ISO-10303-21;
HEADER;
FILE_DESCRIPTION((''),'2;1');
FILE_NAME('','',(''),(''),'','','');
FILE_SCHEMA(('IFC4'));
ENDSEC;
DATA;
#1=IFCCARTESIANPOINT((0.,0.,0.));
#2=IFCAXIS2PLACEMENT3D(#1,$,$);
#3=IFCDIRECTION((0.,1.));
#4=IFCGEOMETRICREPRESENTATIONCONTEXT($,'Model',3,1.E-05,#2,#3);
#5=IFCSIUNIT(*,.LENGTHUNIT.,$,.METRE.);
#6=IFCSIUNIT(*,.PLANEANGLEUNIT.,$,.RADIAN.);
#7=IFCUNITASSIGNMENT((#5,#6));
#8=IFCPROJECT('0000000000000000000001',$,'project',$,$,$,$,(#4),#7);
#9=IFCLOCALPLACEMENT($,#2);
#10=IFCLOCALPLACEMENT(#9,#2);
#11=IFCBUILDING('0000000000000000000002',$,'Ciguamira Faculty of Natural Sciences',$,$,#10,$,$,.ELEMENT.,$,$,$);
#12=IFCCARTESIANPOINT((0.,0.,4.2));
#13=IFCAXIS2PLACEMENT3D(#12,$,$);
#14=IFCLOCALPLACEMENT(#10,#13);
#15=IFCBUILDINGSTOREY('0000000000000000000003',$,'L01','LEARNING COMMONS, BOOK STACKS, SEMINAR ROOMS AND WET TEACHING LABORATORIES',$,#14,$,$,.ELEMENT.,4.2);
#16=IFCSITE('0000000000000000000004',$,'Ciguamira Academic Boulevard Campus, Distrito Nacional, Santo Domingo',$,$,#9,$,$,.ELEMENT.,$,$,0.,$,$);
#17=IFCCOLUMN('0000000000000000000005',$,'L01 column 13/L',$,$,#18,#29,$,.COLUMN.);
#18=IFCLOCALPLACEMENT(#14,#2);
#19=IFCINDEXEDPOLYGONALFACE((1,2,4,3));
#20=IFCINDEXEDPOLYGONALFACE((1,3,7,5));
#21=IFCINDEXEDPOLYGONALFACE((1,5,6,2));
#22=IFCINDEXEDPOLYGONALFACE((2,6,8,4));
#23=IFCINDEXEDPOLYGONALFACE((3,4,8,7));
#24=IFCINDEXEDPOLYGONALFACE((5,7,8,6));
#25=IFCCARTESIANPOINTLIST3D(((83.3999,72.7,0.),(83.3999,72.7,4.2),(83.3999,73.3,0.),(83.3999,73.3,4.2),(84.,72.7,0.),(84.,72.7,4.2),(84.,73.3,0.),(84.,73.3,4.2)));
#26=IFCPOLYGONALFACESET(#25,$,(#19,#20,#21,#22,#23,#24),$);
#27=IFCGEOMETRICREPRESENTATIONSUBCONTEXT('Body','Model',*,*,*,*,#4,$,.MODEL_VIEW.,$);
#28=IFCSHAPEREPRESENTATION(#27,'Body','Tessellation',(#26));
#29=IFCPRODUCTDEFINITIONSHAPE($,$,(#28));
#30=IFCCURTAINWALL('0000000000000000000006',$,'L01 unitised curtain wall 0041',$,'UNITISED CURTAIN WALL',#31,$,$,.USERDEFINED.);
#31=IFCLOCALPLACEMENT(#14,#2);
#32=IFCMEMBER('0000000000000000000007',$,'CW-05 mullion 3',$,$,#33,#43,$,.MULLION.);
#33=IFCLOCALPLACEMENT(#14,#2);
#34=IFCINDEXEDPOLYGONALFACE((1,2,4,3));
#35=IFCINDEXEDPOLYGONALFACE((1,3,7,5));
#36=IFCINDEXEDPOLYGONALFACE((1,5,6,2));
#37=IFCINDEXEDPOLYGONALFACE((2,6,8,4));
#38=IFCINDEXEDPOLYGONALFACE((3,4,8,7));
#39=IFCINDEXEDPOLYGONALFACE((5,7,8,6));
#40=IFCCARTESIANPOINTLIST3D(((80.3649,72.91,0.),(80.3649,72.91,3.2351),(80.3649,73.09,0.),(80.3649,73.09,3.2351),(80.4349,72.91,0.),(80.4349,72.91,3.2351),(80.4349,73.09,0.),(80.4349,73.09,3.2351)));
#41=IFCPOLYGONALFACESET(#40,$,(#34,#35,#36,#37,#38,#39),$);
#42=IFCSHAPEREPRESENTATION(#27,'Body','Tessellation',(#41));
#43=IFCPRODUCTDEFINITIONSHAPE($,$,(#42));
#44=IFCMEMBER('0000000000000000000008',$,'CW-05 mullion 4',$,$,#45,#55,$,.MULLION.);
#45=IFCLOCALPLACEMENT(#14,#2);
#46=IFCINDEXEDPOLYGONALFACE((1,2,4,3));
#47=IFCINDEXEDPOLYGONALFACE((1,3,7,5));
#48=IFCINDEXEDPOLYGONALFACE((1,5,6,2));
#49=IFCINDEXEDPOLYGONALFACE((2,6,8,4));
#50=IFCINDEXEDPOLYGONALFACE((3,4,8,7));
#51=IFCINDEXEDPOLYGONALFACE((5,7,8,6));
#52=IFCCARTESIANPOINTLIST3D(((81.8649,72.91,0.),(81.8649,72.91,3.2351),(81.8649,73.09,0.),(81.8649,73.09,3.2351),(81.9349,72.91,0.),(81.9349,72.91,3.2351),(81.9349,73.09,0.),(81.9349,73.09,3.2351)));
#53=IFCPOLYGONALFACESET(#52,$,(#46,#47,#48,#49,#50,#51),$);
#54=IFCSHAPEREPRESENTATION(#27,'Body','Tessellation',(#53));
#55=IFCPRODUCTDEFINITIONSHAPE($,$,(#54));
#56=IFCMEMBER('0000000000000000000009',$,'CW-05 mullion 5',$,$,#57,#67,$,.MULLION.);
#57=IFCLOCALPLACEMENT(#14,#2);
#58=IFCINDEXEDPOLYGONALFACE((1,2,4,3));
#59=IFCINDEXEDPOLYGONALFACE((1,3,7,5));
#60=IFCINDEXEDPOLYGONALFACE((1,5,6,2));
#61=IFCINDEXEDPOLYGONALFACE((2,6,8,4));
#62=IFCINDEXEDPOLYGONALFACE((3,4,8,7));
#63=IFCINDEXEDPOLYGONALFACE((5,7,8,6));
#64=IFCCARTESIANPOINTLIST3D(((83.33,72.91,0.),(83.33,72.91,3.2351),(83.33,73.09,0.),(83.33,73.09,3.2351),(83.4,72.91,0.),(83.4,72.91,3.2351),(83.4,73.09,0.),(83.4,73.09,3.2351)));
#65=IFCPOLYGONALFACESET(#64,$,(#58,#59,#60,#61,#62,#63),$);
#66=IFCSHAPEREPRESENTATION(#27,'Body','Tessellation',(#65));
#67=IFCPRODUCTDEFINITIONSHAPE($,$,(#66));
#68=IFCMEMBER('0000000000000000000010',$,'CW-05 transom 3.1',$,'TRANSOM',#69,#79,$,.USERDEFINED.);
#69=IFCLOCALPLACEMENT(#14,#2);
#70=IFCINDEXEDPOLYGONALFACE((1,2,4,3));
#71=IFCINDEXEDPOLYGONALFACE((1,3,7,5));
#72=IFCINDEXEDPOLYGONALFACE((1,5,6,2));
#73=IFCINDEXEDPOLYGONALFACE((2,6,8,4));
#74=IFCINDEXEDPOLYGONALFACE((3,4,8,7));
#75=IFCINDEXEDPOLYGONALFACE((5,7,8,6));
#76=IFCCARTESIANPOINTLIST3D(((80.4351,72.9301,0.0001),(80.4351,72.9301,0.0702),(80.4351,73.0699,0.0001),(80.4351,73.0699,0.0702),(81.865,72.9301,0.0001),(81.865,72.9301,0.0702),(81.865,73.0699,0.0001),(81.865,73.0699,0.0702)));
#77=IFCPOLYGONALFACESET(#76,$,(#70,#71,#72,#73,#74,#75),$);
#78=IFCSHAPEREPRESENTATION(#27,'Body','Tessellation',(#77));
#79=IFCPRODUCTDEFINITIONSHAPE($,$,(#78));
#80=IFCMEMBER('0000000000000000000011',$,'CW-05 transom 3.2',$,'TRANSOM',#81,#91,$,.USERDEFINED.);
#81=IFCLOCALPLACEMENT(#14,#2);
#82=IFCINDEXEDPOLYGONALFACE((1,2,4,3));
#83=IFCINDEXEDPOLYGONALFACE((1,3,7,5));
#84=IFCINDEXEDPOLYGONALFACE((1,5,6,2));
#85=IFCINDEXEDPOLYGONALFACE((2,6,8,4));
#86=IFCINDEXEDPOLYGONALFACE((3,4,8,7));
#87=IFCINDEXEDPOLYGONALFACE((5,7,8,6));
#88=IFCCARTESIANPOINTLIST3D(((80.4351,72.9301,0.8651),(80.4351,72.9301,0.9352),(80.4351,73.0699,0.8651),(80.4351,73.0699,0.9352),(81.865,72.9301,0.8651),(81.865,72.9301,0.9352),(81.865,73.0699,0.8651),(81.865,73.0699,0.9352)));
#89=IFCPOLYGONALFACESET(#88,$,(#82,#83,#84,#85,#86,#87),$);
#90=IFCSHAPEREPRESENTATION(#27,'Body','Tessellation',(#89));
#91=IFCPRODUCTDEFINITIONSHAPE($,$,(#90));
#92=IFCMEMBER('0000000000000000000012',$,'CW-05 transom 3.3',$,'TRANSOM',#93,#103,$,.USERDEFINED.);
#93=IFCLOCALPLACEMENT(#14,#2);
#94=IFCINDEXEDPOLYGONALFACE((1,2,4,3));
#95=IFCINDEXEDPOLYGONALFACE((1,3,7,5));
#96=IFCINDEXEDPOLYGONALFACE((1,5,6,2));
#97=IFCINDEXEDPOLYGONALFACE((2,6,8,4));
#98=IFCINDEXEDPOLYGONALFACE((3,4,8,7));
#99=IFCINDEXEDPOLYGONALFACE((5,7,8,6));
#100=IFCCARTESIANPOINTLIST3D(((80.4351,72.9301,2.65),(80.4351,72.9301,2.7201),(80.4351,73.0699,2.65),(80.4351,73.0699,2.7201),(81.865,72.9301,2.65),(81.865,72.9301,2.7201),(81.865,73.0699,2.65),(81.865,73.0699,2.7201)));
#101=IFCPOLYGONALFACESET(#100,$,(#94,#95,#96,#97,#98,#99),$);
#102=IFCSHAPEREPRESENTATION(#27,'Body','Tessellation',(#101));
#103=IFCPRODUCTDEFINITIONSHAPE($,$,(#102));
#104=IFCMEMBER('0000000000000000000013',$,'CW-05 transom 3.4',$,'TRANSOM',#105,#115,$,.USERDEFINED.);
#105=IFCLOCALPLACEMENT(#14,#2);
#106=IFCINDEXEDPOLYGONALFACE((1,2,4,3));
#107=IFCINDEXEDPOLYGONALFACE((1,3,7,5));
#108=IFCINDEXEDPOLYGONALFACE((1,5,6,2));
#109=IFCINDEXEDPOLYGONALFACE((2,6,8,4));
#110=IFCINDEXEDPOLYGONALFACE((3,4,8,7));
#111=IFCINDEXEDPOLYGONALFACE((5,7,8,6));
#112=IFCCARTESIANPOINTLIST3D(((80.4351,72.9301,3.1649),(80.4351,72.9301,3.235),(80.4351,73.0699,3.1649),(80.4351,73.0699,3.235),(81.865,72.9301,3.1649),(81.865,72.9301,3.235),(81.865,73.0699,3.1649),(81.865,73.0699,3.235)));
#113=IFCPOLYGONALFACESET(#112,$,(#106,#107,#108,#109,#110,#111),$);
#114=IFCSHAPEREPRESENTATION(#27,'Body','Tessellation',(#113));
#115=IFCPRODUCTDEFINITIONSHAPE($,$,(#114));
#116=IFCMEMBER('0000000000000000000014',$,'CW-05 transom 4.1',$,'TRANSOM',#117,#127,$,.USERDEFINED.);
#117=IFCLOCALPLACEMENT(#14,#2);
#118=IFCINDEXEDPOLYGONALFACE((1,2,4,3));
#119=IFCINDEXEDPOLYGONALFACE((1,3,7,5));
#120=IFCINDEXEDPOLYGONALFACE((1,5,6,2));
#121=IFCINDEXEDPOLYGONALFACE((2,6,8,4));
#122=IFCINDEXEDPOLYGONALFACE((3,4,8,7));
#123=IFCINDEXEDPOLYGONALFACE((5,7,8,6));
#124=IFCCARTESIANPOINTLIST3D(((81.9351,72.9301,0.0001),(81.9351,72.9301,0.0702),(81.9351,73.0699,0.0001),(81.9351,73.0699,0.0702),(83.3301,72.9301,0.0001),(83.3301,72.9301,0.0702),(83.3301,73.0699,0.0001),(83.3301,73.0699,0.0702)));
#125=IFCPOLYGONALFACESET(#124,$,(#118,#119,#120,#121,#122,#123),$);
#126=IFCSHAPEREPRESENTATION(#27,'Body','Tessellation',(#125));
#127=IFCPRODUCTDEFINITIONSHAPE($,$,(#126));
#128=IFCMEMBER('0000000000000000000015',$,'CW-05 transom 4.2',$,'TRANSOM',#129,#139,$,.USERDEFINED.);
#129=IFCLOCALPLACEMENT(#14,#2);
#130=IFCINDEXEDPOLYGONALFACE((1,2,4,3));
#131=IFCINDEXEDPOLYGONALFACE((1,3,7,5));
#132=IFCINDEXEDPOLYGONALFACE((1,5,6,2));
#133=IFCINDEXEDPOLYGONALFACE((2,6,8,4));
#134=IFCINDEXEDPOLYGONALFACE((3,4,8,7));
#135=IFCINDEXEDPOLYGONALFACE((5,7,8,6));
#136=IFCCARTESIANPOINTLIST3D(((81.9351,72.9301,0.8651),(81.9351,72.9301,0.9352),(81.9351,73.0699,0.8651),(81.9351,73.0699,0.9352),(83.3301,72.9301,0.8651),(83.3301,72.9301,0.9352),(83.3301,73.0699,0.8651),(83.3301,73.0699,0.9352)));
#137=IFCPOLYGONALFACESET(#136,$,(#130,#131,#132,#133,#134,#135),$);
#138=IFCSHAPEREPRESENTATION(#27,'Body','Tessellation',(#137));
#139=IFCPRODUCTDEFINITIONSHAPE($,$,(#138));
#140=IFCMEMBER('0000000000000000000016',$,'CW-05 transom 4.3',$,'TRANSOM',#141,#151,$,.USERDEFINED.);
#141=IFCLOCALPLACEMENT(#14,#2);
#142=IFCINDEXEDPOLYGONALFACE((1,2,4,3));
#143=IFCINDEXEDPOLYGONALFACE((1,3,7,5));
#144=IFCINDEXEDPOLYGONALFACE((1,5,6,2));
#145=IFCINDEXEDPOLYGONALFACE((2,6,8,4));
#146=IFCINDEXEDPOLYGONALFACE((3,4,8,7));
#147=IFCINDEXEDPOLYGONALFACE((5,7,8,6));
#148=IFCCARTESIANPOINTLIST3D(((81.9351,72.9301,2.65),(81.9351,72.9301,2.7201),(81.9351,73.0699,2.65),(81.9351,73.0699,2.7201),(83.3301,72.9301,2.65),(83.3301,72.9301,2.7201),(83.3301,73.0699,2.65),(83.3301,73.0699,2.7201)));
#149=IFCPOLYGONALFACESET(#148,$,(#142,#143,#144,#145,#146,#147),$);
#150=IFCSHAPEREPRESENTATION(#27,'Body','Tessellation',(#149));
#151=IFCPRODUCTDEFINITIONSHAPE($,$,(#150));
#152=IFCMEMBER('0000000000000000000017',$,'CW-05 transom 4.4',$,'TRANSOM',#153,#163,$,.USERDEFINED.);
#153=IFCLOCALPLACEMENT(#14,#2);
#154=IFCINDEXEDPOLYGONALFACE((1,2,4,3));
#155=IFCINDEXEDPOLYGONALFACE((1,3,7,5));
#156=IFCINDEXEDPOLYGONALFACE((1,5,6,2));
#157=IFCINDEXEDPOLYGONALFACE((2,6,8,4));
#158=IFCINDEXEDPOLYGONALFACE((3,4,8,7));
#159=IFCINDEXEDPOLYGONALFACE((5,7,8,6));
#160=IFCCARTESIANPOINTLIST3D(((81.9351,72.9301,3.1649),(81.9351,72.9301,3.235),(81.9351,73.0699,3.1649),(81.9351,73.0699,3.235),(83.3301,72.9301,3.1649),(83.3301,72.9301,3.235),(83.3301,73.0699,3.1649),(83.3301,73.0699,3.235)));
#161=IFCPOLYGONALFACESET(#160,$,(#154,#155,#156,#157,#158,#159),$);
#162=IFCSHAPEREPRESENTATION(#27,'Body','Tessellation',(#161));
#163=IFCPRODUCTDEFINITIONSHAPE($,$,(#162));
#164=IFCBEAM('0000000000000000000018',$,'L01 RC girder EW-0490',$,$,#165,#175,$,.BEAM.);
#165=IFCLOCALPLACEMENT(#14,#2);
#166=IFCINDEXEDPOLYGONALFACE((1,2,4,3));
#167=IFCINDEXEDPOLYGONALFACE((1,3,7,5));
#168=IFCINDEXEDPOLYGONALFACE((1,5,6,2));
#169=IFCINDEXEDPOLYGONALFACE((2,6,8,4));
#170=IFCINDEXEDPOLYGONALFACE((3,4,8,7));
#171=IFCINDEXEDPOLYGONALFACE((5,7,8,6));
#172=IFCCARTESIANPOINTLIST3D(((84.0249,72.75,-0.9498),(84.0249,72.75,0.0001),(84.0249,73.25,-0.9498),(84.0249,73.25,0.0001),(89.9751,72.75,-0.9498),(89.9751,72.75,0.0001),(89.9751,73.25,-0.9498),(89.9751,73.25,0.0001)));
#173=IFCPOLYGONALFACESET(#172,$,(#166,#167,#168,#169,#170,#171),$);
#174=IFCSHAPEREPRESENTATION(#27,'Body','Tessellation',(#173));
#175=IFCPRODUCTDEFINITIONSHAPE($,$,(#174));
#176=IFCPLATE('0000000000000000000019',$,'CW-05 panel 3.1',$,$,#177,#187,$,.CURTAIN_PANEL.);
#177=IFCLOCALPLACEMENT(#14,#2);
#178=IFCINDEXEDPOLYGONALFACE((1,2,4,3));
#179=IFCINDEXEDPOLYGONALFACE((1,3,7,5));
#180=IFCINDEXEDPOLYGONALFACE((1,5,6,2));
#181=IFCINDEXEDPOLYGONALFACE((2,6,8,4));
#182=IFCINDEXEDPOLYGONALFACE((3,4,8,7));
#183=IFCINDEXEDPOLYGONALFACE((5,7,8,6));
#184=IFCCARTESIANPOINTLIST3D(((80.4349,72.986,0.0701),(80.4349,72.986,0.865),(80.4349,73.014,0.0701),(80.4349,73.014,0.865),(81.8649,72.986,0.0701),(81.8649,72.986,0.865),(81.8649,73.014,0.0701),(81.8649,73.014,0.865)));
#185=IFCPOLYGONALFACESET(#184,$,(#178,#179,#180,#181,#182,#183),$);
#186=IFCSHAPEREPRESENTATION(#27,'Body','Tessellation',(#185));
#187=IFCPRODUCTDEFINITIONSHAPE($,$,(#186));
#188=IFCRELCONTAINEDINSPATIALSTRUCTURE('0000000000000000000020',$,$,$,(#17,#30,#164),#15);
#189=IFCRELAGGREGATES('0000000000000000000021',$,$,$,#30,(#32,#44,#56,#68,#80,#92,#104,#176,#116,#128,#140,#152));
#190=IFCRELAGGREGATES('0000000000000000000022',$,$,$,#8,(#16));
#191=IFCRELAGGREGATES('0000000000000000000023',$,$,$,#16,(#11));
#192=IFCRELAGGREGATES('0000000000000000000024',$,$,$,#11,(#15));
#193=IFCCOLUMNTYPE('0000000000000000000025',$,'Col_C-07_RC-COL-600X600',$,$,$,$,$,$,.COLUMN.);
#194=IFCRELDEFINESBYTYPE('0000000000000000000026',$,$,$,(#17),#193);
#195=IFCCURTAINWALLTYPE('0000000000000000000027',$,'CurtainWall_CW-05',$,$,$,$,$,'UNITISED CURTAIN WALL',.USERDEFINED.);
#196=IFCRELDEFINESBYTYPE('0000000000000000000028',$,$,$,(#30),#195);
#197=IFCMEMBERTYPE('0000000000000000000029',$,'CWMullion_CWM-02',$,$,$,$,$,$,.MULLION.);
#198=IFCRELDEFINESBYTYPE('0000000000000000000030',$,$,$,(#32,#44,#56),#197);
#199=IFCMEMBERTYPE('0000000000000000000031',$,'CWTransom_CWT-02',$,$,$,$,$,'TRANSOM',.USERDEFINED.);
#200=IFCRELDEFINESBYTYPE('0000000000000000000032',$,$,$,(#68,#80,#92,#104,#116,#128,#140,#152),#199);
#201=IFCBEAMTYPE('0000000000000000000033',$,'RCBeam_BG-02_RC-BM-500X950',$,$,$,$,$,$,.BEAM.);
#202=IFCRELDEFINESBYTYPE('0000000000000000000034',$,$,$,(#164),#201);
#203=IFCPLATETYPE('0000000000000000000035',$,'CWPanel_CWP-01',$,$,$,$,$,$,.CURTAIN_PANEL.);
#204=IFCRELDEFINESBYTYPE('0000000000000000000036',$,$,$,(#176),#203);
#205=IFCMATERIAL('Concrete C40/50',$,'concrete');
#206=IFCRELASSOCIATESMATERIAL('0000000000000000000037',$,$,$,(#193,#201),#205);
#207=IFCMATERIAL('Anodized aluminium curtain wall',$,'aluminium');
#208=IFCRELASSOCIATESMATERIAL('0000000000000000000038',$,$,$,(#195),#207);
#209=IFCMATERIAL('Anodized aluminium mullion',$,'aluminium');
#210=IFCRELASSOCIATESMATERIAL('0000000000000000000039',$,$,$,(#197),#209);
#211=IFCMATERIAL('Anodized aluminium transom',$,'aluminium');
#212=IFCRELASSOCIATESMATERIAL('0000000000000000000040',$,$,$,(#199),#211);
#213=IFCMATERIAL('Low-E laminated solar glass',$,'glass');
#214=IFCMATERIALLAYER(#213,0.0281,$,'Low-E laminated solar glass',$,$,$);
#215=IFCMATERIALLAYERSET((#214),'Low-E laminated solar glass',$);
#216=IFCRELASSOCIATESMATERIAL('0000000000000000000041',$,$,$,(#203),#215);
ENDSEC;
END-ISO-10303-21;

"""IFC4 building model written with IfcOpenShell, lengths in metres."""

from ifc_helpers import new_model, si_unit, direction, frame, origin, origin_2d, place, context, subcontext, project, spatial, rectangle, extrude, material, layer, layer_set, material_profile, profile_set, type_object, element, aggregate, save


model = new_model("IFC4")

# Units and contexts
model_context = context("Model", 3, precision=1e-05, world=origin(), true_north=direction((0.0, 1.0)))
body_context = subcontext(model_context, "Body", "Model", "MODEL_VIEW")
ifc_project = project(units=[si_unit("LENGTHUNIT", "METRE"), si_unit("PLANEANGLEUNIT", "RADIAN")], contexts=[model_context])

# Site, building, storey
site_placement = place(None, origin())
site = spatial("IfcSite", under=ifc_project, at=site_placement, Name="Ciguamira Academic Boulevard Campus, Distrito Nacional, Santo Domingo", CompositionType="ELEMENT", RefElevation=0.0)
building_placement = place(site_placement, origin())
building = spatial("IfcBuilding", under=site, at=building_placement, Name="Ciguamira Faculty of Natural Sciences", CompositionType="ELEMENT")
storey_placement = place(building_placement, frame((0.0, 0.0, 4.2)))
storey = spatial("IfcBuildingStorey", under=building, at=storey_placement, Name="L01", Description="LEARNING COMMONS, BOOK STACKS, SEMINAR ROOMS AND WET TEACHING LABORATORIES", CompositionType="ELEMENT", Elevation=4.2)

# Column
ifc_material_1 = material(Name="Concrete C40/50", Category="concrete")
ifc_material_profile_1 = material_profile(ifc_material_1, rectangle(XDim=0.6001, YDim=0.6001, at=origin_2d()), Name="RC-COL-600X600")
ifc_profile_set_1 = profile_set([ifc_material_profile_1], Name="Concrete C40/50")
column_type = type_object("IfcColumnType", Name="Col_C-07_RC-COL-600X600", PredefinedType="COLUMN", material=ifc_profile_set_1)
column_placement = place(storey_placement, frame((83.7, 73.0, 0.0), z_axis=(0.0, 0.0, 1.0), x_axis=(1.0, 0.0, 0.0)))
element("IfcColumn", 1, at=column_placement, inside=storey, type_object=column_type, Name="L01 column 13/L", PredefinedType="COLUMN", context=body_context, shape_type="SweptSolid", body=[
    extrude(rectangle(XDim=0.6001, YDim=0.6001, at=origin_2d()), origin(), (0.0, 0.0, 1.0), 4.2),
])

# Curtain wall, members
ifc_material_2 = material(Name="Anodized aluminium curtain wall", Category="aluminium")
curtain_wall_type = type_object("IfcCurtainWallType", Name="CurtainWall_CW-05", ElementType="UNITISED CURTAIN WALL", PredefinedType="USERDEFINED", material=ifc_material_2)
curtain_wall_placement = place(storey_placement, origin())
curtain_wall = element("IfcCurtainWall", 2, at=curtain_wall_placement, inside=storey, type_object=curtain_wall_type, Name="L01 unitised curtain wall 0041", ObjectType="UNITISED CURTAIN WALL", PredefinedType="USERDEFINED")
ifc_material_3 = material(Name="Anodized aluminium mullion", Category="aluminium")
ifc_material_profile_2 = material_profile(ifc_material_3, rectangle(XDim=0.0701, YDim=0.1799, at=origin_2d()), Name="ALU-MUL-70X180")
ifc_profile_set_2 = profile_set([ifc_material_profile_2], Name="Anodized aluminium mullion")
member_type_1 = type_object("IfcMemberType", Name="CWMullion_CWM-02", PredefinedType="MULLION", material=ifc_profile_set_2)
member_1_placement = place(storey_placement, frame((80.3999, 73.0, 0.0), z_axis=(0.0, 0.0, 1.0), x_axis=(1.0, 0.0, 0.0)))
member_1 = element("IfcMember", 3, at=member_1_placement, type_object=member_type_1, Name="CW-05 mullion 3", PredefinedType="MULLION", context=body_context, shape_type="SweptSolid", body=[
    extrude(rectangle(XDim=0.0701, YDim=0.1799, at=origin_2d()), origin(), (0.0, 0.0, 1.0), 3.2351),
])
member_2_placement = place(storey_placement, frame((81.8999, 73.0, 0.0), z_axis=(0.0, 0.0, 1.0), x_axis=(1.0, 0.0, 0.0)))
member_2 = element("IfcMember", 4, at=member_2_placement, type_object=member_type_1, Name="CW-05 mullion 4", PredefinedType="MULLION", context=body_context, shape_type="SweptSolid", body=[
    extrude(rectangle(XDim=0.0701, YDim=0.1799, at=origin_2d()), origin(), (0.0, 0.0, 1.0), 3.2351),
])
member_3_placement = place(storey_placement, frame((83.365, 73.0, 0.0), z_axis=(0.0, 0.0, 1.0), x_axis=(1.0, 0.0, 0.0)))
member_3 = element("IfcMember", 5, at=member_3_placement, type_object=member_type_1, Name="CW-05 mullion 5", PredefinedType="MULLION", context=body_context, shape_type="SweptSolid", body=[
    extrude(rectangle(XDim=0.0701, YDim=0.1799, at=origin_2d()), origin(), (0.0, 0.0, 1.0), 3.2351),
])
ifc_material_4 = material(Name="Anodized aluminium transom", Category="aluminium")
ifc_material_profile_3 = material_profile(ifc_material_4, rectangle(XDim=0.0701, YDim=0.1399, at=origin_2d()), Name="ALU-TRN-70X140")
ifc_profile_set_3 = profile_set([ifc_material_profile_3], Name="Anodized aluminium transom")
member_type_2 = type_object("IfcMemberType", Name="CWTransom_CWT-02", ElementType="TRANSOM", PredefinedType="USERDEFINED", material=ifc_profile_set_3)
member_4_placement = place(storey_placement, frame((80.4351, 73.0, 0.0352), z_axis=(1.0, 0.0, 0.0), x_axis=(0.0, 0.0, 1.0)))
member_4 = element("IfcMember", 6, at=member_4_placement, type_object=member_type_2, Name="CW-05 transom 3.1", ObjectType="TRANSOM", PredefinedType="USERDEFINED", context=body_context, shape_type="SweptSolid", body=[
    extrude(rectangle(XDim=0.0701, YDim=0.1399, at=origin_2d()), origin(), (0.0, 0.0, 1.0), 1.4299),
])
member_5_placement = place(storey_placement, frame((80.4351, 73.0, 0.9001), z_axis=(1.0, 0.0, 0.0), x_axis=(0.0, 0.0, 1.0)))
member_5 = element("IfcMember", 7, at=member_5_placement, type_object=member_type_2, Name="CW-05 transom 3.2", ObjectType="TRANSOM", PredefinedType="USERDEFINED", context=body_context, shape_type="SweptSolid", body=[
    extrude(rectangle(XDim=0.0701, YDim=0.1399, at=origin_2d()), origin(), (0.0, 0.0, 1.0), 1.4299),
])
member_6_placement = place(storey_placement, frame((80.4351, 73.0, 2.6851), z_axis=(1.0, 0.0, 0.0), x_axis=(0.0, 0.0, 1.0)))
member_6 = element("IfcMember", 8, at=member_6_placement, type_object=member_type_2, Name="CW-05 transom 3.3", ObjectType="TRANSOM", PredefinedType="USERDEFINED", context=body_context, shape_type="SweptSolid", body=[
    extrude(rectangle(XDim=0.0701, YDim=0.1399, at=origin_2d()), origin(), (0.0, 0.0, 1.0), 1.4299),
])
member_7_placement = place(storey_placement, frame((80.4351, 73.0, 3.2), z_axis=(1.0, 0.0, 0.0), x_axis=(0.0, 0.0, 1.0)))
member_7 = element("IfcMember", 9, at=member_7_placement, type_object=member_type_2, Name="CW-05 transom 3.4", ObjectType="TRANSOM", PredefinedType="USERDEFINED", context=body_context, shape_type="SweptSolid", body=[
    extrude(rectangle(XDim=0.0701, YDim=0.1399, at=origin_2d()), origin(), (0.0, 0.0, 1.0), 1.4299),
])
member_8_placement = place(storey_placement, frame((81.9351, 73.0, 0.0352), z_axis=(1.0, 0.0, 0.0), x_axis=(0.0, 0.0, 1.0)))
member_8 = element("IfcMember", 10, at=member_8_placement, type_object=member_type_2, Name="CW-05 transom 4.1", ObjectType="TRANSOM", PredefinedType="USERDEFINED", context=body_context, shape_type="SweptSolid", body=[
    extrude(rectangle(XDim=0.0701, YDim=0.1399, at=origin_2d()), origin(), (0.0, 0.0, 1.0), 1.395),
])
member_9_placement = place(storey_placement, frame((81.9351, 73.0, 0.9001), z_axis=(1.0, 0.0, 0.0), x_axis=(0.0, 0.0, 1.0)))
member_9 = element("IfcMember", 11, at=member_9_placement, type_object=member_type_2, Name="CW-05 transom 4.2", ObjectType="TRANSOM", PredefinedType="USERDEFINED", context=body_context, shape_type="SweptSolid", body=[
    extrude(rectangle(XDim=0.0701, YDim=0.1399, at=origin_2d()), origin(), (0.0, 0.0, 1.0), 1.395),
])
member_10_placement = place(storey_placement, frame((81.9351, 73.0, 2.6851), z_axis=(1.0, 0.0, 0.0), x_axis=(0.0, 0.0, 1.0)))
member_10 = element("IfcMember", 12, at=member_10_placement, type_object=member_type_2, Name="CW-05 transom 4.3", ObjectType="TRANSOM", PredefinedType="USERDEFINED", context=body_context, shape_type="SweptSolid", body=[
    extrude(rectangle(XDim=0.0701, YDim=0.1399, at=origin_2d()), origin(), (0.0, 0.0, 1.0), 1.395),
])
member_11_placement = place(storey_placement, frame((81.9351, 73.0, 3.2), z_axis=(1.0, 0.0, 0.0), x_axis=(0.0, 0.0, 1.0)))
member_11 = element("IfcMember", 13, at=member_11_placement, type_object=member_type_2, Name="CW-05 transom 4.4", ObjectType="TRANSOM", PredefinedType="USERDEFINED", context=body_context, shape_type="SweptSolid", body=[
    extrude(rectangle(XDim=0.0701, YDim=0.1399, at=origin_2d()), origin(), (0.0, 0.0, 1.0), 1.395),
])

# Beam
ifc_material_profile_4 = material_profile(ifc_material_1, rectangle(XDim=0.5, YDim=0.95, at=origin_2d()), Name="RC-BM-500X950")
ifc_profile_set_4 = profile_set([ifc_material_profile_4], Name="Concrete C40/50")
beam_type = type_object("IfcBeamType", Name="RCBeam_BG-02_RC-BM-500X950", PredefinedType="BEAM", material=ifc_profile_set_4)
beam_placement = place(storey_placement, frame((84.0249, 73.0, -0.4749), z_axis=(1.0, 0.0, 0.0), x_axis=(0.0, 1.0, 0.0)))
element("IfcBeam", 14, at=beam_placement, inside=storey, type_object=beam_type, Name="L01 RC girder EW-0490", PredefinedType="BEAM", context=body_context, shape_type="SweptSolid", body=[
    extrude(rectangle(XDim=0.5, YDim=0.95, at=origin_2d()), origin(), (0.0, 0.0, 1.0), 5.9502),
])

# Plate
ifc_material_5 = material(Name="Low-E laminated solar glass", Category="glass")
ifc_layer_1 = layer(ifc_material_5, 0.0281, Name="Low-E laminated solar glass")
ifc_layer_set_1 = layer_set([ifc_layer_1], Name="Low-E laminated solar glass")
plate_type = type_object("IfcPlateType", Name="CWPanel_CWP-01", PredefinedType="CURTAIN_PANEL", material=ifc_layer_set_1)
plate_1_placement = place(storey_placement, frame((81.1499, 73.0, 0.0701), z_axis=(0.0, 0.0, 1.0), x_axis=(1.0, 0.0, 0.0)))
plate_1 = element("IfcPlate", 15, at=plate_1_placement, type_object=plate_type, Name="CW-05 panel 3.1", PredefinedType="CURTAIN_PANEL", context=body_context, shape_type="SweptSolid", body=[
    extrude(rectangle(XDim=1.4299, YDim=0.0281, at=origin_2d()), origin(), (0.0, 0.0, 1.0), 0.7949),
])
aggregate(curtain_wall, [member_1, member_2, member_3, member_4, member_5, member_6, member_7, plate_1, member_8, member_9, member_10, member_11])

save(model, "model.ifc")
